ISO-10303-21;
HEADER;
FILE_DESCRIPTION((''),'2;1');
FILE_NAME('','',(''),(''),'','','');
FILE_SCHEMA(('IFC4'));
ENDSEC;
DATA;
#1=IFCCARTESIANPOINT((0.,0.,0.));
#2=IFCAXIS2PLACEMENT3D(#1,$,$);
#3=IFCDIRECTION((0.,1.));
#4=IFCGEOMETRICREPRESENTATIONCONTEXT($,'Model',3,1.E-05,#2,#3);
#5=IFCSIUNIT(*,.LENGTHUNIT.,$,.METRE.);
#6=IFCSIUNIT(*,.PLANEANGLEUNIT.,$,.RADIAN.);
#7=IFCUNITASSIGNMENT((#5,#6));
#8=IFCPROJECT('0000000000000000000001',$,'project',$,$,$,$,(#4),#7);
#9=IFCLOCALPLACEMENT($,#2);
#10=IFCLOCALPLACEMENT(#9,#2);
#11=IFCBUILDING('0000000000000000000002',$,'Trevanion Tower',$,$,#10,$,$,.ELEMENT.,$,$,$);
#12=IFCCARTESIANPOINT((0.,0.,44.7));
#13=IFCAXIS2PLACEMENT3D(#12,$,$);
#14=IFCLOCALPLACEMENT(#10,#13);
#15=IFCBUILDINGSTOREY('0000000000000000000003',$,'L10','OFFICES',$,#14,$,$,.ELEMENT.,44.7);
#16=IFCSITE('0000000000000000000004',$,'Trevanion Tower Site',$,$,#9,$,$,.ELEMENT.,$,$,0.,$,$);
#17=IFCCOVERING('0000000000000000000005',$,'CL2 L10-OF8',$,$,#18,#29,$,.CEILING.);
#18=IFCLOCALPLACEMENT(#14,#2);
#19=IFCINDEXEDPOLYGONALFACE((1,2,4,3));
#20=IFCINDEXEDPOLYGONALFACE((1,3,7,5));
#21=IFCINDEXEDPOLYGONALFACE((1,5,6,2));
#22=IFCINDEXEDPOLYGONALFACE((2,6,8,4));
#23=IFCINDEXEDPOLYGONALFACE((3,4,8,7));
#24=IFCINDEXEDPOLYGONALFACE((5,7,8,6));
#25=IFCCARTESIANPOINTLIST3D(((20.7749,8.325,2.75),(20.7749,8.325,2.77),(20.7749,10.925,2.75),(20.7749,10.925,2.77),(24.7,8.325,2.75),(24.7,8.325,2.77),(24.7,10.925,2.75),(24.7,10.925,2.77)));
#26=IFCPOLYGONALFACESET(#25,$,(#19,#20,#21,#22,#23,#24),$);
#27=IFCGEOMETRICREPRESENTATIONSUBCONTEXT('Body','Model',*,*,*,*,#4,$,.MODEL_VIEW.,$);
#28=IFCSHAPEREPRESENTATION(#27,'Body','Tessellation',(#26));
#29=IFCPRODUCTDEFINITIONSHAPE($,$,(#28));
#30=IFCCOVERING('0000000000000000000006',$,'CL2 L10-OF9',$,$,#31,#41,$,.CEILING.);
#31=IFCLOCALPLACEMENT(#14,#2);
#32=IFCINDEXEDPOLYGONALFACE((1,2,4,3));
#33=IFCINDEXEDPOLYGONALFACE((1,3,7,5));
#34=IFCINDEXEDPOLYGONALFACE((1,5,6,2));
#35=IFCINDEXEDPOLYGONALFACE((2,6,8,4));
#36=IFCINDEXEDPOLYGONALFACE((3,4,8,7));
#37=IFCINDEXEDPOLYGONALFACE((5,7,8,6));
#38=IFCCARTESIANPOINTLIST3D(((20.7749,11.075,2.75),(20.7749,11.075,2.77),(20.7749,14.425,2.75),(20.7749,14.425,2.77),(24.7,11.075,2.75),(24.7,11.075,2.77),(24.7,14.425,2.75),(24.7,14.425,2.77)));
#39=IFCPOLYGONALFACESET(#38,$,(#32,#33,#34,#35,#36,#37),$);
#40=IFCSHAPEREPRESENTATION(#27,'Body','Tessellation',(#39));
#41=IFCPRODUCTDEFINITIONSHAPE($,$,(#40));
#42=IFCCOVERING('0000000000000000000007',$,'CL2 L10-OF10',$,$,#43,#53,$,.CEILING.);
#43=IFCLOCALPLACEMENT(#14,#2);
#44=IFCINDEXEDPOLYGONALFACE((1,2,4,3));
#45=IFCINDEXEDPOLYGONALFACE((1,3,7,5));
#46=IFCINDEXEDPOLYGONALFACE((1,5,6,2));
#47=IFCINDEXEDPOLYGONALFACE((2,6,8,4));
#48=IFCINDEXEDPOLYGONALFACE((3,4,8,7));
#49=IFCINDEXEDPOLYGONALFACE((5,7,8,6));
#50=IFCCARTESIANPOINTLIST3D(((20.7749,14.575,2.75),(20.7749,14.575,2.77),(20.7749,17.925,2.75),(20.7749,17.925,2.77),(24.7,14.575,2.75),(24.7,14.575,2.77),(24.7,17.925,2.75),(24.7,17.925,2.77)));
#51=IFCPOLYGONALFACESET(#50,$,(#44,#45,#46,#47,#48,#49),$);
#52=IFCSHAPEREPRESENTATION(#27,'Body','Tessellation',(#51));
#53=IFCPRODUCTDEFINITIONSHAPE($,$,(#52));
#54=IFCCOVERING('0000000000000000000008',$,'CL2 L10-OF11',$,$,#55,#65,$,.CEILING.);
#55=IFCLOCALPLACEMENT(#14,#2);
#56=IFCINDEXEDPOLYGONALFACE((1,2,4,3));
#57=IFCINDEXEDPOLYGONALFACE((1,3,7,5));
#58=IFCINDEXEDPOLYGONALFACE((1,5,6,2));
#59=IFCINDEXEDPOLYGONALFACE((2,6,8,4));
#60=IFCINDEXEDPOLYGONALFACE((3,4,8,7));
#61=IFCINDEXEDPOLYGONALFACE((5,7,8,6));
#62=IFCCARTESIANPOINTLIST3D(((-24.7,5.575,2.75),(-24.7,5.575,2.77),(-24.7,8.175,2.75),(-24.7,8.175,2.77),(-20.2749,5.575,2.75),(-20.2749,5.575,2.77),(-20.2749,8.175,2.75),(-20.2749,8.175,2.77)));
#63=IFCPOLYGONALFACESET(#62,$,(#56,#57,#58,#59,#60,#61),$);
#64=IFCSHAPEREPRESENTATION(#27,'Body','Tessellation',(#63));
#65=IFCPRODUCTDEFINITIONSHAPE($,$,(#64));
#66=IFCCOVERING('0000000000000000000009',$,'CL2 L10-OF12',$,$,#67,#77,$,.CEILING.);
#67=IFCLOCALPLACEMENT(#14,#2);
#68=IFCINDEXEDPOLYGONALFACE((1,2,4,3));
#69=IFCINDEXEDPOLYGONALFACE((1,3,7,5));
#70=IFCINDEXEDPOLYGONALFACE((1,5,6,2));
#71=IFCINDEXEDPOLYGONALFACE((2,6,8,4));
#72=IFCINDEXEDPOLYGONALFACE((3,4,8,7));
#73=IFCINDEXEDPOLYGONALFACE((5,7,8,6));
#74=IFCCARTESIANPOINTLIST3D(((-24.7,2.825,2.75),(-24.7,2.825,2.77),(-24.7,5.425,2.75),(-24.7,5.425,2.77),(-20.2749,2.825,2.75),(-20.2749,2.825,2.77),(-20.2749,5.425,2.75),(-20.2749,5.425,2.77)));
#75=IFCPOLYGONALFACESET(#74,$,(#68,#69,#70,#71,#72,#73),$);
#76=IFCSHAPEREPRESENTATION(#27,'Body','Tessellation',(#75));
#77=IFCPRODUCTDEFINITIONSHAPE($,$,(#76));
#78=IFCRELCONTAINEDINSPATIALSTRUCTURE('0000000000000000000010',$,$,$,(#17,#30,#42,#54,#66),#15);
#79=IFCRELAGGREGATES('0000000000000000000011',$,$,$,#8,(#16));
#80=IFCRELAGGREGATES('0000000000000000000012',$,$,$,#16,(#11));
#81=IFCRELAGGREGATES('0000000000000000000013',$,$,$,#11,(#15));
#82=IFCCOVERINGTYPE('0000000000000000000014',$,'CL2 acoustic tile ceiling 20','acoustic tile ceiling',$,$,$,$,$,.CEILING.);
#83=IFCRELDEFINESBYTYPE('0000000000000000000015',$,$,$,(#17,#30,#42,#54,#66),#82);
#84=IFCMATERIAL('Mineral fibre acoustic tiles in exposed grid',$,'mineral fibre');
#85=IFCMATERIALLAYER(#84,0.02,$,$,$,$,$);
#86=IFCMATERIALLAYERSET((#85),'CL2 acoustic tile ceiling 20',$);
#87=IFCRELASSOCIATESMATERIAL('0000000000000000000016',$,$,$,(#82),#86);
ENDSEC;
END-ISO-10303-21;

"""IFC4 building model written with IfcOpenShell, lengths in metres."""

from ifc_helpers import new_model, si_unit, direction, frame, origin, place, context, subcontext, project, spatial, polyline, outline, extrude, material, layer, layer_set, type_object, element, save


model = new_model("IFC4")

# Units and contexts
model_context = context("Model", 3, precision=1e-05, world=origin(), true_north=direction((0.0, 1.0)))
body_context = subcontext(model_context, "Body", "Model", "MODEL_VIEW")
ifc_project = project(units=[si_unit("LENGTHUNIT", "METRE"), si_unit("PLANEANGLEUNIT", "RADIAN")], contexts=[model_context])

# Site, building, storey
site_placement = place(None, origin())
site = spatial("IfcSite", under=ifc_project, at=site_placement, Name="Trevanion Tower Site", CompositionType="ELEMENT", RefElevation=0.0)
building_placement = place(site_placement, origin())
building = spatial("IfcBuilding", under=site, at=building_placement, Name="Trevanion Tower", CompositionType="ELEMENT")
storey_placement = place(building_placement, frame((0.0, 0.0, 44.7)))
storey = spatial("IfcBuildingStorey", under=building, at=storey_placement, Name="L10", Description="OFFICES", CompositionType="ELEMENT", Elevation=44.7)

# Coverings
ifc_material_1 = material(Name="Mineral fibre acoustic tiles in exposed grid", Category="mineral fibre")
ifc_layer_1 = layer(ifc_material_1, 0.02)
ifc_layer_set_1 = layer_set([ifc_layer_1], Name="CL2 acoustic tile ceiling 20")
covering_type_1 = type_object("IfcCoveringType", Name="CL2 acoustic tile ceiling 20", Description="acoustic tile ceiling", PredefinedType="CEILING", material=ifc_layer_set_1)
covering_1_placement = place(storey_placement, frame((0.0, 0.0, 2.75)))
element("IfcCovering", 1, at=covering_1_placement, inside=storey, type_object=covering_type_1, Name="CL2 L10-OF8", PredefinedType="CEILING", context=body_context, shape_type="SweptSolid", body=[
    extrude(outline(polyline([(20.7749, 8.325), (20.7749, 10.925), (24.7, 10.925), (24.7, 8.325), (20.7749, 8.325)])), origin(), (0.0, 0.0, 1.0), 0.02),
])
covering_2_placement = place(storey_placement, frame((0.0, 0.0, 2.75)))
element("IfcCovering", 2, at=covering_2_placement, inside=storey, type_object=covering_type_1, Name="CL2 L10-OF9", PredefinedType="CEILING", context=body_context, shape_type="SweptSolid", body=[
    extrude(outline(polyline([(20.7749, 11.075), (20.7749, 14.425), (24.7, 14.425), (24.7, 11.075), (20.7749, 11.075)])), origin(), (0.0, 0.0, 1.0), 0.02),
])
covering_3_placement = place(storey_placement, frame((0.0, 0.0, 2.75)))
element("IfcCovering", 3, at=covering_3_placement, inside=storey, type_object=covering_type_1, Name="CL2 L10-OF10", PredefinedType="CEILING", context=body_context, shape_type="SweptSolid", body=[
    extrude(outline(polyline([(20.7749, 14.575), (20.7749, 17.925), (24.7, 17.925), (24.7, 14.575), (20.7749, 14.575)])), origin(), (0.0, 0.0, 1.0), 0.02),
])
covering_4_placement = place(storey_placement, frame((0.0, 0.0, 2.75)))
element("IfcCovering", 4, at=covering_4_placement, inside=storey, type_object=covering_type_1, Name="CL2 L10-OF11", PredefinedType="CEILING", context=body_context, shape_type="SweptSolid", body=[
    extrude(outline(polyline([(-20.2749, 8.175), (-20.2749, 5.575), (-24.7, 5.575), (-24.7, 8.175), (-20.2749, 8.175)])), origin(), (0.0, 0.0, 1.0), 0.02),
])
covering_5_placement = place(storey_placement, frame((0.0, 0.0, 2.75)))
element("IfcCovering", 5, at=covering_5_placement, inside=storey, type_object=covering_type_1, Name="CL2 L10-OF12", PredefinedType="CEILING", context=body_context, shape_type="SweptSolid", body=[
    extrude(outline(polyline([(-20.2749, 5.425), (-20.2749, 2.825), (-24.7, 2.825), (-24.7, 5.425), (-20.2749, 5.425)])), origin(), (0.0, 0.0, 1.0), 0.02),
])

save(model, "model.ifc")
